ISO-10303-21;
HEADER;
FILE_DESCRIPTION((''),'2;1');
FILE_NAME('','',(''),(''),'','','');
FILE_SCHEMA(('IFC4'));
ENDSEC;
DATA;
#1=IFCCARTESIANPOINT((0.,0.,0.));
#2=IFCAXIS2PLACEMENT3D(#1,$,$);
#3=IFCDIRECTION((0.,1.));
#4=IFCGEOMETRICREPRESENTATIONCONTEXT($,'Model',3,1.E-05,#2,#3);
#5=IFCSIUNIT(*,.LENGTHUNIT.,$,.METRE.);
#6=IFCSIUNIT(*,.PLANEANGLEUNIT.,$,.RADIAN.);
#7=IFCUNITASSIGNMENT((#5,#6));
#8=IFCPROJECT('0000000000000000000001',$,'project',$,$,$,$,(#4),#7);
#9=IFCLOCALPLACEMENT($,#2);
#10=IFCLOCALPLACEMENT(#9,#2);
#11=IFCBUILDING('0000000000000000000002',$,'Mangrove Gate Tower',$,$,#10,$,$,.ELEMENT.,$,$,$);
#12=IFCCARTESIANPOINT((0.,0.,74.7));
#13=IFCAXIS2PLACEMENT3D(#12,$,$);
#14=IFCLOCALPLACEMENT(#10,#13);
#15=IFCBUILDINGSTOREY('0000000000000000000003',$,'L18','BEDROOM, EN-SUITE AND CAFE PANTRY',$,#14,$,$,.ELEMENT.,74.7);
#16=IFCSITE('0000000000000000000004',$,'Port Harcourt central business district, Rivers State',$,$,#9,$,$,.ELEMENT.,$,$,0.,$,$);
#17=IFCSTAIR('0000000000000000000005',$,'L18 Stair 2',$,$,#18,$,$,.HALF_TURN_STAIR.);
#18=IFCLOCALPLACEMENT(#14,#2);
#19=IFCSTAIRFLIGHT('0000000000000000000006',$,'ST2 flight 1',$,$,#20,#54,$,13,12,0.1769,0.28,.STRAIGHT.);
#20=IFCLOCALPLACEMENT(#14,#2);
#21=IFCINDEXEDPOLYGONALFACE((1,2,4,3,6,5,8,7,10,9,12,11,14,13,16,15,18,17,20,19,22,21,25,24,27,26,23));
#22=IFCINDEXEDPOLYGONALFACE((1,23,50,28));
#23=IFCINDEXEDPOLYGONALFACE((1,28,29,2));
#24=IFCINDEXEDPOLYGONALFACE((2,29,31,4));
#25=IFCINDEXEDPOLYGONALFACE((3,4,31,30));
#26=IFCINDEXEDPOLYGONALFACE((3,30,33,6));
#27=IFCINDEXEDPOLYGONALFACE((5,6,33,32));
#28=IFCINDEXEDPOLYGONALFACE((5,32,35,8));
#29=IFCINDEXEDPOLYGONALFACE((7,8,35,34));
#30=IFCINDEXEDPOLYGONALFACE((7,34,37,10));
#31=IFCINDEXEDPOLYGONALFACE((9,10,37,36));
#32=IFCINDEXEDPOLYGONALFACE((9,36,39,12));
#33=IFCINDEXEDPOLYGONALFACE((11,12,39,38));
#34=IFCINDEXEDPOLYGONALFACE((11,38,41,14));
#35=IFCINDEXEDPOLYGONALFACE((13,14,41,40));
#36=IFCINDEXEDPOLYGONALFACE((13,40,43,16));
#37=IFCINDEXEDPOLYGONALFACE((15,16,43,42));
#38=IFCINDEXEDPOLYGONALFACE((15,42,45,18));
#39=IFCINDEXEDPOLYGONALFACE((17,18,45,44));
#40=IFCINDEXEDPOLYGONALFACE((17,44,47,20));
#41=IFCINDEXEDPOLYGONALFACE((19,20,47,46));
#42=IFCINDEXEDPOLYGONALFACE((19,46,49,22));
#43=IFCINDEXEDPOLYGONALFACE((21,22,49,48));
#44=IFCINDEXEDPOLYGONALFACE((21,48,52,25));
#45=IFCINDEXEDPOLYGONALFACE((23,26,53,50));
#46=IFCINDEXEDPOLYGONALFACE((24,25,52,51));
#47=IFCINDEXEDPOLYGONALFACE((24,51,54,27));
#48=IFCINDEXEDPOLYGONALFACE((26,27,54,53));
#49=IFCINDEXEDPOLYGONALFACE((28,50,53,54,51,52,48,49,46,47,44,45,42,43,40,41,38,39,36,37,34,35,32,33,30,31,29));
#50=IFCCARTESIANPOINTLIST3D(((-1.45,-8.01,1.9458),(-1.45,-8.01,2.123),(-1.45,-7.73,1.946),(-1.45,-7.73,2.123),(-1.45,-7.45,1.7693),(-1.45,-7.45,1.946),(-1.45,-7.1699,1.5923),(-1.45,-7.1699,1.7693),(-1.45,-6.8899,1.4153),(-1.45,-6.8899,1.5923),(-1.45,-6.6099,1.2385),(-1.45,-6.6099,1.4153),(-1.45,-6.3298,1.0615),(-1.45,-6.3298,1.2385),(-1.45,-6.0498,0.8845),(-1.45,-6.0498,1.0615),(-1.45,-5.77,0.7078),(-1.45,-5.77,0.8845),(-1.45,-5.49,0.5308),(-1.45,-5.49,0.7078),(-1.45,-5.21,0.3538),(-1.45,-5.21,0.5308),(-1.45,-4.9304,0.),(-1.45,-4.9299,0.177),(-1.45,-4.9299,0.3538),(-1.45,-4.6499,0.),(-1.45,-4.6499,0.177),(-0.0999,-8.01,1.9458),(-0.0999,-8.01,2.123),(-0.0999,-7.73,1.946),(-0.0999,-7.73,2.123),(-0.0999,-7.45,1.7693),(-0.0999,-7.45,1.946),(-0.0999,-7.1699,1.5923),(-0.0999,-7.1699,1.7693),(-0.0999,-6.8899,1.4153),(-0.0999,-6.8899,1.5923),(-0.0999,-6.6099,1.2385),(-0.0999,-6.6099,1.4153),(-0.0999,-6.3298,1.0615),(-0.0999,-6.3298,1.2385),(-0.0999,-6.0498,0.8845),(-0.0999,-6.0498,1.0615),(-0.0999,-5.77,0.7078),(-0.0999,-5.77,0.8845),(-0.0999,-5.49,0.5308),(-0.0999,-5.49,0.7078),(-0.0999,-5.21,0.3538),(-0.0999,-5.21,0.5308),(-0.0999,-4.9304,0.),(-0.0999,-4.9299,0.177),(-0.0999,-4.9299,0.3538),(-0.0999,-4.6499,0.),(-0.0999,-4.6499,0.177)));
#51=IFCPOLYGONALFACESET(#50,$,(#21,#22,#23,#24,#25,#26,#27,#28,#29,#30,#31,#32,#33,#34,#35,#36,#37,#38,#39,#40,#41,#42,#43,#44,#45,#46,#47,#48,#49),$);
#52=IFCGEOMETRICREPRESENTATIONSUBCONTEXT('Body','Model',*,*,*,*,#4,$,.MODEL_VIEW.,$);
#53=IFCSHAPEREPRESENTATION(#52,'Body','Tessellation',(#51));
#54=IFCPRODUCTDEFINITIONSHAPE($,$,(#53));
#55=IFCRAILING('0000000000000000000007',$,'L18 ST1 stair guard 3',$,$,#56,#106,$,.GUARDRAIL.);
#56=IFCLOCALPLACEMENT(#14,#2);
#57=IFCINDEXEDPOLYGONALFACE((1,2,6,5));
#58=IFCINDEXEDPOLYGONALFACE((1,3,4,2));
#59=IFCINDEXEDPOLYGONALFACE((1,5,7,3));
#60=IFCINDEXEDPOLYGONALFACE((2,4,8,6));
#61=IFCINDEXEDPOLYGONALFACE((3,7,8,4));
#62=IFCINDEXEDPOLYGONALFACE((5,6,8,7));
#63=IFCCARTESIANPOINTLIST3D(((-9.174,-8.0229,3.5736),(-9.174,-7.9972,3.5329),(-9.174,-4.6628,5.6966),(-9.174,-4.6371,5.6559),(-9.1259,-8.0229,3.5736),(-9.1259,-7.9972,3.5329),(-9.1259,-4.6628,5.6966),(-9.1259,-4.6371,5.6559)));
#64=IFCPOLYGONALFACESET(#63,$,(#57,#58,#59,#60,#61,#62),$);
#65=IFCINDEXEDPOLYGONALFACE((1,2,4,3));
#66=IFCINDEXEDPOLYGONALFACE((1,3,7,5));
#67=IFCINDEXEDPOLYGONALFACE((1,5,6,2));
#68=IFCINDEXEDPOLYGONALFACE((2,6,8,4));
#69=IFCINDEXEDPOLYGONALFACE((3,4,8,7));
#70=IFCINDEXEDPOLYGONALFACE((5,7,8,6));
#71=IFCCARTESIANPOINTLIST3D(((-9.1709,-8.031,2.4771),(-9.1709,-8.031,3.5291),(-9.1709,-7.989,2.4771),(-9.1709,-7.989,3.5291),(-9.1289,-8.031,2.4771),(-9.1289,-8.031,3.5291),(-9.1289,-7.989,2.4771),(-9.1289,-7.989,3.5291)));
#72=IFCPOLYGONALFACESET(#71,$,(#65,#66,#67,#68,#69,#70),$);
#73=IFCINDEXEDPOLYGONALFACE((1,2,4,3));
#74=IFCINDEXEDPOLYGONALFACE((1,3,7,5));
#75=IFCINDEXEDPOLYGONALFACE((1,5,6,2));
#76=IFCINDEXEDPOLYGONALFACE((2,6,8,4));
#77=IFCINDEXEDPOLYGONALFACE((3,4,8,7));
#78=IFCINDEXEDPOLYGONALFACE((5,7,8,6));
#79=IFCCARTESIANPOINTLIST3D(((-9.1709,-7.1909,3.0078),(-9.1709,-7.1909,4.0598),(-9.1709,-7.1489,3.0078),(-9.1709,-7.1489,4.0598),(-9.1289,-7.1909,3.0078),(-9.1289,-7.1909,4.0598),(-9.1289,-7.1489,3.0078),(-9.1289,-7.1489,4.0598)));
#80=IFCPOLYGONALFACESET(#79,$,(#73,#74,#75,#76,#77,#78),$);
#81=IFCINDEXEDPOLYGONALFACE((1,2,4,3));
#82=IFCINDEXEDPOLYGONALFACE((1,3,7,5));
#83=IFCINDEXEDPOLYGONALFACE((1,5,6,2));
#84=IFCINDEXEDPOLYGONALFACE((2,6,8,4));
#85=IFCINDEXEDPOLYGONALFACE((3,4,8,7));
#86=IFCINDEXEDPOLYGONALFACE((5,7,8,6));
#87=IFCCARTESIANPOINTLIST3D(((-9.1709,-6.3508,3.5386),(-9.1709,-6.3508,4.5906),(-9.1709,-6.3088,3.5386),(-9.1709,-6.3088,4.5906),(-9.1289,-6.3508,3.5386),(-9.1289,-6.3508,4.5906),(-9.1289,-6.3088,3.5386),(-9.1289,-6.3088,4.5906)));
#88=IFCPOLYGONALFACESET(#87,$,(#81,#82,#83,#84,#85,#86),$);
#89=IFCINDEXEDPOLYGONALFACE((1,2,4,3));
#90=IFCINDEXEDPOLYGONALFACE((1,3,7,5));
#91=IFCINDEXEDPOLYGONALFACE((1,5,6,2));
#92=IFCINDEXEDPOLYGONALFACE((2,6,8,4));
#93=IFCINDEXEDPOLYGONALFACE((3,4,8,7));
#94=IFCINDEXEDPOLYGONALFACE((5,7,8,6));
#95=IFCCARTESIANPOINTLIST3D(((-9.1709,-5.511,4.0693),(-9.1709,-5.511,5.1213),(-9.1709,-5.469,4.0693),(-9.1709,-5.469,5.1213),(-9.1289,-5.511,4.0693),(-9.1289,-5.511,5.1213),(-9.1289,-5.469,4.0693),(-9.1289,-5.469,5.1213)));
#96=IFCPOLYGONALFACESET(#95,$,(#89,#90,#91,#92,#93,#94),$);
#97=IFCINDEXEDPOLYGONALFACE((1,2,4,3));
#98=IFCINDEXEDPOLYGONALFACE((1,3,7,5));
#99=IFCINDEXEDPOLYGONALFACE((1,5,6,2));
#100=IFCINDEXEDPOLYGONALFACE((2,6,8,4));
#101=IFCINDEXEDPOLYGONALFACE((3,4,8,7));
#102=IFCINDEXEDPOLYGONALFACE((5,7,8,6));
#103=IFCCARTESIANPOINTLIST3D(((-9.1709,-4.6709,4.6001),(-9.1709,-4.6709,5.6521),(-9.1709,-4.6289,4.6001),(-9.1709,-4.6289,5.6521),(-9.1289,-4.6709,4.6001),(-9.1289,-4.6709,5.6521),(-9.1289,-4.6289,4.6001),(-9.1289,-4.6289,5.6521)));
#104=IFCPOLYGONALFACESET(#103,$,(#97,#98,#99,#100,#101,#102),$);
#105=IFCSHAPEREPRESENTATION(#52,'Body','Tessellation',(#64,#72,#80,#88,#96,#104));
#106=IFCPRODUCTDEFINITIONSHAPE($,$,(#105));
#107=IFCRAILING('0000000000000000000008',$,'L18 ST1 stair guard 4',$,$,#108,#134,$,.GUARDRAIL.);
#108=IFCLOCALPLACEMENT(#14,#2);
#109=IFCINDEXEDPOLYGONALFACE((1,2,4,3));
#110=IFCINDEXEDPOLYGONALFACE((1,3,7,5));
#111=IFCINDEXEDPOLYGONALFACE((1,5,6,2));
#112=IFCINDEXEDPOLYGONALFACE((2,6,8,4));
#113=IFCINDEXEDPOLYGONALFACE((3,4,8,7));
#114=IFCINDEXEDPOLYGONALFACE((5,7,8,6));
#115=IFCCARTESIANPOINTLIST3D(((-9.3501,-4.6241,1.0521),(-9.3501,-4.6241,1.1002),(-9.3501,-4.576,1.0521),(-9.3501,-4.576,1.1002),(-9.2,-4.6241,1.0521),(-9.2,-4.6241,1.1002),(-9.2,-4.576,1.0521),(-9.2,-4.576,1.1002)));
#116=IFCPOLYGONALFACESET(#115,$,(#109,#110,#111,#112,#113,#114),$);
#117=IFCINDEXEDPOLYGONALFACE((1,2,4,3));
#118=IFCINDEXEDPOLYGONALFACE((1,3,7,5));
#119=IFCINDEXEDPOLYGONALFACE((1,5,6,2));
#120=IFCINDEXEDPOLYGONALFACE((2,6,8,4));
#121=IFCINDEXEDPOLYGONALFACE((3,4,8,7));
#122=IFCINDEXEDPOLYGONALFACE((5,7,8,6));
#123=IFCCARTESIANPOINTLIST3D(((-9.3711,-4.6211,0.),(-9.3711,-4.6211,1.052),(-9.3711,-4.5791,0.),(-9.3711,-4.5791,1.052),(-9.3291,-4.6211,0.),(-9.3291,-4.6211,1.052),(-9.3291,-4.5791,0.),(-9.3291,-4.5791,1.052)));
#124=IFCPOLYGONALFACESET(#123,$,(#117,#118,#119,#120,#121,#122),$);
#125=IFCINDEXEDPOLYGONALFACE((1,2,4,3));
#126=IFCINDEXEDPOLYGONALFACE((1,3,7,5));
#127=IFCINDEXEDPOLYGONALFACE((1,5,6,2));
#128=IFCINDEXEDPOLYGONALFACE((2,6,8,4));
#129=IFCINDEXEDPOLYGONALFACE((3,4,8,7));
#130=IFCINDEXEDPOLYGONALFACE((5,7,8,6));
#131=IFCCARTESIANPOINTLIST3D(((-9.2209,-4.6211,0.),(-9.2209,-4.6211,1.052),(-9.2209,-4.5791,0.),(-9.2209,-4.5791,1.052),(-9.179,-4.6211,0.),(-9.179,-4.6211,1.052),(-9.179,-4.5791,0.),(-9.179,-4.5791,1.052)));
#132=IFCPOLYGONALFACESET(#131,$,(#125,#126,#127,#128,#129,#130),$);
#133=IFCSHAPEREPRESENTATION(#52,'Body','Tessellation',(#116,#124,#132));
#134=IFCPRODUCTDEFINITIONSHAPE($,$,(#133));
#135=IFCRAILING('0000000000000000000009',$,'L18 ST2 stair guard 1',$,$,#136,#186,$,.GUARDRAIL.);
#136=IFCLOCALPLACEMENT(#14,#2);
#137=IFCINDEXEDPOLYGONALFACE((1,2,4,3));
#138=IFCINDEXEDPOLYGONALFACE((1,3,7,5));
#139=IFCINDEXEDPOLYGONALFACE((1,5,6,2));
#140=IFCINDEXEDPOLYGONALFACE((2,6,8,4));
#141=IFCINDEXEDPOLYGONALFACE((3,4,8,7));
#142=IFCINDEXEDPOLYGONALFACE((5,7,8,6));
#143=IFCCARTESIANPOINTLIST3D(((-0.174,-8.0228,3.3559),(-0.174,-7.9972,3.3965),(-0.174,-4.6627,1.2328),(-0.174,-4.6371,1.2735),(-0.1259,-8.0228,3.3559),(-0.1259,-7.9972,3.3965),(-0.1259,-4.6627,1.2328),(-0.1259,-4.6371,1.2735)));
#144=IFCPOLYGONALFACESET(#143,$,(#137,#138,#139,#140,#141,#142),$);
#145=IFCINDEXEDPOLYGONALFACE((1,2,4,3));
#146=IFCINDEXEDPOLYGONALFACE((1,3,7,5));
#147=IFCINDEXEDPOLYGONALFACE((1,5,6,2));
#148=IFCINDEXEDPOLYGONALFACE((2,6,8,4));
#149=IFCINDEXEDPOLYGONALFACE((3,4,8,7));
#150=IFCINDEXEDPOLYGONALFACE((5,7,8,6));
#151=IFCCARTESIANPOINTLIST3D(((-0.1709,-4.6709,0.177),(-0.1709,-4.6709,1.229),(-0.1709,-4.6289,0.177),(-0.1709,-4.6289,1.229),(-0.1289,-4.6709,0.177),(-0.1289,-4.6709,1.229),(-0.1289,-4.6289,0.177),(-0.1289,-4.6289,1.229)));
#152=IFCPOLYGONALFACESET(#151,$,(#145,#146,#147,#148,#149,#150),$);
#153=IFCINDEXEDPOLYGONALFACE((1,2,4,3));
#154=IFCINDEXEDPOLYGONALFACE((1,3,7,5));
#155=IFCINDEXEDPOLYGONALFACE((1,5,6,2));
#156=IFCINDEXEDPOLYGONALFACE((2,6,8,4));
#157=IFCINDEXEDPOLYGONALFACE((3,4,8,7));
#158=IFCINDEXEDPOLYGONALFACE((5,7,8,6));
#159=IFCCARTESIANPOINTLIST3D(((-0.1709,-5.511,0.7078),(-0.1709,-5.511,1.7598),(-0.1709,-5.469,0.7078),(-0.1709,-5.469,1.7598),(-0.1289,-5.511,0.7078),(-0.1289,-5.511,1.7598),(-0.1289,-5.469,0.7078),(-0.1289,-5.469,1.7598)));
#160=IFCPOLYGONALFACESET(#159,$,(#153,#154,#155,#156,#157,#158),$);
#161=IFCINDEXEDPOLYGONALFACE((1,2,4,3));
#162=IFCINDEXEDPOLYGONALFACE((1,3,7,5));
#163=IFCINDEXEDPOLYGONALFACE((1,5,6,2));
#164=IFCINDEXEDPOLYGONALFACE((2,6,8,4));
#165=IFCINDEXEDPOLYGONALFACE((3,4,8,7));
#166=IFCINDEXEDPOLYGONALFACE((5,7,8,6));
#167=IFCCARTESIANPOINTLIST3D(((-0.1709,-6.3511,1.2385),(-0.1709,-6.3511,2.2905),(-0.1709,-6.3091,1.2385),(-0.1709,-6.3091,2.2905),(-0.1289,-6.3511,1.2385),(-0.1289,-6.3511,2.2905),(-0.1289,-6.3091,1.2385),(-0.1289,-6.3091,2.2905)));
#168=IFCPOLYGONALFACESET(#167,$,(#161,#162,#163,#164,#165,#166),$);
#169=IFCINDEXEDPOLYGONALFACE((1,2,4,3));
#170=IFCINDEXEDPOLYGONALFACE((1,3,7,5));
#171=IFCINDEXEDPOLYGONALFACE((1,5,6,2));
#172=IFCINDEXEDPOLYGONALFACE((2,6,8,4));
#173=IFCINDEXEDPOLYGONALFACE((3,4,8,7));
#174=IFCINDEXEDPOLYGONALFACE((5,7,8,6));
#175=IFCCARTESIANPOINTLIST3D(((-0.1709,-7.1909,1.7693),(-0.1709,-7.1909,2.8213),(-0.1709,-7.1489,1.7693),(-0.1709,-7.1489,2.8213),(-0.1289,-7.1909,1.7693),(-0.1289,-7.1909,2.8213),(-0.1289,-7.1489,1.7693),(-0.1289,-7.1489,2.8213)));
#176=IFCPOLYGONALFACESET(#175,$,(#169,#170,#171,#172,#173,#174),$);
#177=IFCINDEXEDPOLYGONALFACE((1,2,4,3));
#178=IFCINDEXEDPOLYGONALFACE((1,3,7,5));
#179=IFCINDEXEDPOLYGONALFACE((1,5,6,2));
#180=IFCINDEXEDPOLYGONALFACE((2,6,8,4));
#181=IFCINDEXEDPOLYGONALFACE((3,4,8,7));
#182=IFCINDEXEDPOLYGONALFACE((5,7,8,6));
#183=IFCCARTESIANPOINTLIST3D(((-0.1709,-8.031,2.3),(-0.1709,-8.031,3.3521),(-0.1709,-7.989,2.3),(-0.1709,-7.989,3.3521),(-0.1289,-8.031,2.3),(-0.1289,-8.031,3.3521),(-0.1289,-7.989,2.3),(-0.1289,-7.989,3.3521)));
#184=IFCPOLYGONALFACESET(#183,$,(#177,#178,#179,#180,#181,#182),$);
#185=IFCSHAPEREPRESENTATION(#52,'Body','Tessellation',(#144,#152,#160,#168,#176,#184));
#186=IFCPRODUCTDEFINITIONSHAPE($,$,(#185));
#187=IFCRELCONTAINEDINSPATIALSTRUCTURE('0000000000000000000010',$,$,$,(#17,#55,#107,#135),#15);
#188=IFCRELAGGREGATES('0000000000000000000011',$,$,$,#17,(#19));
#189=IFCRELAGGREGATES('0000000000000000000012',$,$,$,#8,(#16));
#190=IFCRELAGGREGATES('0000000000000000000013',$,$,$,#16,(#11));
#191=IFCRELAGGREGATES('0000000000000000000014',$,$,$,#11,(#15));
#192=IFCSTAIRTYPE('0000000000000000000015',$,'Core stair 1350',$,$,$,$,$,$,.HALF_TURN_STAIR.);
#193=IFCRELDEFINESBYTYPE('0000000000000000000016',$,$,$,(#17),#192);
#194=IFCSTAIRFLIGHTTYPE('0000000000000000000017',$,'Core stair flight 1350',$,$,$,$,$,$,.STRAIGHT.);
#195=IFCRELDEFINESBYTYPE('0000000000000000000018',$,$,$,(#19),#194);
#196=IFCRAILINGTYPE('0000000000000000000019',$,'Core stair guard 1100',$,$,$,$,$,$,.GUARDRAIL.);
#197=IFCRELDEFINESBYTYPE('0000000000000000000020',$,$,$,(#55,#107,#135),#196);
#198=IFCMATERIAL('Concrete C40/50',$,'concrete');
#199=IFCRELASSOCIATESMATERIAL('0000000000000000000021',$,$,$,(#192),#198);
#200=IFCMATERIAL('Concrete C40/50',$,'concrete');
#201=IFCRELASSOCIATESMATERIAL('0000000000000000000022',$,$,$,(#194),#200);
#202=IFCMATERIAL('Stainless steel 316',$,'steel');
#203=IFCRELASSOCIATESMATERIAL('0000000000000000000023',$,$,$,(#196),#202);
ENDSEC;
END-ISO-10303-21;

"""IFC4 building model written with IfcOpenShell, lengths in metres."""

from ifc_helpers import new_model, si_unit, direction, frame, origin, origin_2d, place, context, subcontext, project, spatial, polyline, rectangle, outline, extrude, material, type_object, element, aggregate, save


model = new_model("IFC4")

# Units and contexts
model_context = context("Model", 3, precision=1e-05, world=origin(), true_north=direction((0.0, 1.0)))
body_context = subcontext(model_context, "Body", "Model", "MODEL_VIEW")
ifc_project = project(units=[si_unit("LENGTHUNIT", "METRE"), si_unit("PLANEANGLEUNIT", "RADIAN")], contexts=[model_context])

# Site, building, storey
site_placement = place(None, origin())
site = spatial("IfcSite", under=ifc_project, at=site_placement, Name="Port Harcourt central business district, Rivers State", CompositionType="ELEMENT", RefElevation=0.0)
building_placement = place(site_placement, origin())
building = spatial("IfcBuilding", under=site, at=building_placement, Name="Mangrove Gate Tower", CompositionType="ELEMENT")
storey_placement = place(building_placement, frame((0.0, 0.0, 74.7)))
storey = spatial("IfcBuildingStorey", under=building, at=storey_placement, Name="L18", Description="BEDROOM, EN-SUITE AND CAFE PANTRY", CompositionType="ELEMENT", Elevation=74.7)

# Stair, stair flight
ifc_material_1 = material(Name="Concrete C40/50", Category="concrete")
stair_type = type_object("IfcStairType", Name="Core stair 1350", PredefinedType="HALF_TURN_STAIR", material=ifc_material_1)
ifc_material_2 = material(Name="Concrete C40/50", Category="concrete")
stair_flight_type = type_object("IfcStairFlightType", Name="Core stair flight 1350", PredefinedType="STRAIGHT", material=ifc_material_2)
stair_1_placement = place(storey_placement, origin())
stair_1 = element("IfcStair", 1, at=stair_1_placement, inside=storey, type_object=stair_type, Name="L18 Stair 2", PredefinedType="HALF_TURN_STAIR")
stair_flight_1_placement = place(storey_placement, frame((-0.7749, -4.6499, 0.0), z_axis=(0.0, 0.0, 1.0), x_axis=(0.0, -1.0, 0.0)))
stair_flight_1 = element("IfcStairFlight", 2, at=stair_flight_1_placement, type_object=stair_flight_type, Name="ST2 flight 1", NumberOfRisers=13, NumberOfTreads=12, PredefinedType="STRAIGHT", RiserHeight=0.1769, TreadLength=0.28, context=body_context, shape_type="SweptSolid", body=[
    extrude(outline(polyline([(0.0, 0.0), (0.0, 0.177), (0.28, 0.177), (0.28, 0.3538), (0.5601, 0.3538), (0.5601, 0.5308), (0.8401, 0.5308), (0.8401, 0.7078), (1.1201, 0.7078), (1.1201, 0.8845), (1.3999, 0.8845), (1.3999, 1.0615), (1.6799, 1.0615), (1.6799, 1.2385), (1.96, 1.2385), (1.96, 1.4153), (2.24, 1.4153), (2.24, 1.5923), (2.52, 1.5923), (2.52, 1.7693), (2.8, 1.7693), (2.8, 1.946), (3.0801, 1.946), (3.0801, 2.123), (3.3601, 2.123), (3.3601, 2.3), (3.3601, 1.9458), (0.2805, 0.0), (0.0, 0.0)])), frame((0.0, 0.675, 0.0), z_axis=(0.0, -1.0, 0.0), x_axis=(1.0, 0.0, 0.0)), (0.0, 0.0, 1.0), 1.3501),
])
aggregate(stair_1, [stair_flight_1])

# Railings
ifc_material_3 = material(Name="Stainless steel 316", Category="steel")
railing_type_1 = type_object("IfcRailingType", Name="Core stair guard 1100", PredefinedType="GUARDRAIL", material=ifc_material_3)
railing_1_placement = place(storey_placement, frame((-9.1499, -8.01, 2.4771)))
element("IfcRailing", 3, at=railing_1_placement, inside=storey, type_object=railing_type_1, Name="L18 ST1 stair guard 3", PredefinedType="GUARDRAIL", context=body_context, shape_type="SweptSolid", body=[
    extrude(rectangle(XDim=0.0481, YDim=0.0481, at=origin_2d()), frame((0.0, 0.0, 1.0762), z_axis=(0.0, 0.84539, 0.53415), x_axis=(-1.0, 0.0, 0.0)), (0.0, 0.0, 1.0), 3.9746),
    extrude(rectangle(XDim=0.042, YDim=0.042, at=origin_2d()), origin(), (0.0, 0.0, 1.0), 1.052),
    extrude(rectangle(XDim=0.042, YDim=0.042, at=origin_2d()), frame((0.0, 0.8401, 0.5308)), (0.0, 0.0, 1.0), 1.052),
    extrude(rectangle(XDim=0.042, YDim=0.042, at=origin_2d()), frame((0.0, 1.6802, 1.0615)), (0.0, 0.0, 1.0), 1.052),
    extrude(rectangle(XDim=0.042, YDim=0.042, at=origin_2d()), frame((0.0, 2.52, 1.5923)), (0.0, 0.0, 1.0), 1.052),
    extrude(rectangle(XDim=0.042, YDim=0.042, at=origin_2d()), frame((0.0, 3.3601, 2.123)), (0.0, 0.0, 1.0), 1.052),
])
railing_2_placement = place(storey_placement, frame((-9.3501, -4.6001, 0.0)))
element("IfcRailing", 4, at=railing_2_placement, inside=storey, type_object=railing_type_1, Name="L18 ST1 stair guard 4", PredefinedType="GUARDRAIL", context=body_context, shape_type="SweptSolid", body=[
    extrude(rectangle(XDim=0.0481, YDim=0.0481, at=origin_2d()), frame((0.0, 0.0, 1.0762), z_axis=(1.0, 0.0, 0.0), x_axis=(0.0, 1.0, 0.0)), (0.0, 0.0, 1.0), 0.1501),
    extrude(rectangle(XDim=0.042, YDim=0.042, at=origin_2d()), origin(), (0.0, 0.0, 1.0), 1.052),
    extrude(rectangle(XDim=0.042, YDim=0.042, at=origin_2d()), frame((0.1501, 0.0, 0.0)), (0.0, 0.0, 1.0), 1.052),
])
railing_3_placement = place(storey_placement, frame((-0.1499, -4.6499, 0.177)))
element("IfcRailing", 5, at=railing_3_placement, inside=storey, type_object=railing_type_1, Name="L18 ST2 stair guard 1", PredefinedType="GUARDRAIL", context=body_context, shape_type="SweptSolid", body=[
    extrude(rectangle(XDim=0.0481, YDim=0.0481, at=origin_2d()), frame((0.0, 0.0, 1.0762), z_axis=(0.0, -0.84539, 0.53415), x_axis=(1.0, 0.0, 0.0)), (0.0, 0.0, 1.0), 3.9746),
    extrude(rectangle(XDim=0.042, YDim=0.042, at=origin_2d()), origin(), (0.0, 0.0, 1.0), 1.052),
    extrude(rectangle(XDim=0.042, YDim=0.042, at=origin_2d()), frame((0.0, -0.8401, 0.5308)), (0.0, 0.0, 1.0), 1.052),
    extrude(rectangle(XDim=0.042, YDim=0.042, at=origin_2d()), frame((0.0, -1.6802, 1.0615)), (0.0, 0.0, 1.0), 1.052),
    extrude(rectangle(XDim=0.042, YDim=0.042, at=origin_2d()), frame((0.0, -2.52, 1.5923)), (0.0, 0.0, 1.0), 1.052),
    extrude(rectangle(XDim=0.042, YDim=0.042, at=origin_2d()), frame((0.0, -3.3601, 2.123)), (0.0, 0.0, 1.0), 1.052),
])

save(model, "model.ifc")
